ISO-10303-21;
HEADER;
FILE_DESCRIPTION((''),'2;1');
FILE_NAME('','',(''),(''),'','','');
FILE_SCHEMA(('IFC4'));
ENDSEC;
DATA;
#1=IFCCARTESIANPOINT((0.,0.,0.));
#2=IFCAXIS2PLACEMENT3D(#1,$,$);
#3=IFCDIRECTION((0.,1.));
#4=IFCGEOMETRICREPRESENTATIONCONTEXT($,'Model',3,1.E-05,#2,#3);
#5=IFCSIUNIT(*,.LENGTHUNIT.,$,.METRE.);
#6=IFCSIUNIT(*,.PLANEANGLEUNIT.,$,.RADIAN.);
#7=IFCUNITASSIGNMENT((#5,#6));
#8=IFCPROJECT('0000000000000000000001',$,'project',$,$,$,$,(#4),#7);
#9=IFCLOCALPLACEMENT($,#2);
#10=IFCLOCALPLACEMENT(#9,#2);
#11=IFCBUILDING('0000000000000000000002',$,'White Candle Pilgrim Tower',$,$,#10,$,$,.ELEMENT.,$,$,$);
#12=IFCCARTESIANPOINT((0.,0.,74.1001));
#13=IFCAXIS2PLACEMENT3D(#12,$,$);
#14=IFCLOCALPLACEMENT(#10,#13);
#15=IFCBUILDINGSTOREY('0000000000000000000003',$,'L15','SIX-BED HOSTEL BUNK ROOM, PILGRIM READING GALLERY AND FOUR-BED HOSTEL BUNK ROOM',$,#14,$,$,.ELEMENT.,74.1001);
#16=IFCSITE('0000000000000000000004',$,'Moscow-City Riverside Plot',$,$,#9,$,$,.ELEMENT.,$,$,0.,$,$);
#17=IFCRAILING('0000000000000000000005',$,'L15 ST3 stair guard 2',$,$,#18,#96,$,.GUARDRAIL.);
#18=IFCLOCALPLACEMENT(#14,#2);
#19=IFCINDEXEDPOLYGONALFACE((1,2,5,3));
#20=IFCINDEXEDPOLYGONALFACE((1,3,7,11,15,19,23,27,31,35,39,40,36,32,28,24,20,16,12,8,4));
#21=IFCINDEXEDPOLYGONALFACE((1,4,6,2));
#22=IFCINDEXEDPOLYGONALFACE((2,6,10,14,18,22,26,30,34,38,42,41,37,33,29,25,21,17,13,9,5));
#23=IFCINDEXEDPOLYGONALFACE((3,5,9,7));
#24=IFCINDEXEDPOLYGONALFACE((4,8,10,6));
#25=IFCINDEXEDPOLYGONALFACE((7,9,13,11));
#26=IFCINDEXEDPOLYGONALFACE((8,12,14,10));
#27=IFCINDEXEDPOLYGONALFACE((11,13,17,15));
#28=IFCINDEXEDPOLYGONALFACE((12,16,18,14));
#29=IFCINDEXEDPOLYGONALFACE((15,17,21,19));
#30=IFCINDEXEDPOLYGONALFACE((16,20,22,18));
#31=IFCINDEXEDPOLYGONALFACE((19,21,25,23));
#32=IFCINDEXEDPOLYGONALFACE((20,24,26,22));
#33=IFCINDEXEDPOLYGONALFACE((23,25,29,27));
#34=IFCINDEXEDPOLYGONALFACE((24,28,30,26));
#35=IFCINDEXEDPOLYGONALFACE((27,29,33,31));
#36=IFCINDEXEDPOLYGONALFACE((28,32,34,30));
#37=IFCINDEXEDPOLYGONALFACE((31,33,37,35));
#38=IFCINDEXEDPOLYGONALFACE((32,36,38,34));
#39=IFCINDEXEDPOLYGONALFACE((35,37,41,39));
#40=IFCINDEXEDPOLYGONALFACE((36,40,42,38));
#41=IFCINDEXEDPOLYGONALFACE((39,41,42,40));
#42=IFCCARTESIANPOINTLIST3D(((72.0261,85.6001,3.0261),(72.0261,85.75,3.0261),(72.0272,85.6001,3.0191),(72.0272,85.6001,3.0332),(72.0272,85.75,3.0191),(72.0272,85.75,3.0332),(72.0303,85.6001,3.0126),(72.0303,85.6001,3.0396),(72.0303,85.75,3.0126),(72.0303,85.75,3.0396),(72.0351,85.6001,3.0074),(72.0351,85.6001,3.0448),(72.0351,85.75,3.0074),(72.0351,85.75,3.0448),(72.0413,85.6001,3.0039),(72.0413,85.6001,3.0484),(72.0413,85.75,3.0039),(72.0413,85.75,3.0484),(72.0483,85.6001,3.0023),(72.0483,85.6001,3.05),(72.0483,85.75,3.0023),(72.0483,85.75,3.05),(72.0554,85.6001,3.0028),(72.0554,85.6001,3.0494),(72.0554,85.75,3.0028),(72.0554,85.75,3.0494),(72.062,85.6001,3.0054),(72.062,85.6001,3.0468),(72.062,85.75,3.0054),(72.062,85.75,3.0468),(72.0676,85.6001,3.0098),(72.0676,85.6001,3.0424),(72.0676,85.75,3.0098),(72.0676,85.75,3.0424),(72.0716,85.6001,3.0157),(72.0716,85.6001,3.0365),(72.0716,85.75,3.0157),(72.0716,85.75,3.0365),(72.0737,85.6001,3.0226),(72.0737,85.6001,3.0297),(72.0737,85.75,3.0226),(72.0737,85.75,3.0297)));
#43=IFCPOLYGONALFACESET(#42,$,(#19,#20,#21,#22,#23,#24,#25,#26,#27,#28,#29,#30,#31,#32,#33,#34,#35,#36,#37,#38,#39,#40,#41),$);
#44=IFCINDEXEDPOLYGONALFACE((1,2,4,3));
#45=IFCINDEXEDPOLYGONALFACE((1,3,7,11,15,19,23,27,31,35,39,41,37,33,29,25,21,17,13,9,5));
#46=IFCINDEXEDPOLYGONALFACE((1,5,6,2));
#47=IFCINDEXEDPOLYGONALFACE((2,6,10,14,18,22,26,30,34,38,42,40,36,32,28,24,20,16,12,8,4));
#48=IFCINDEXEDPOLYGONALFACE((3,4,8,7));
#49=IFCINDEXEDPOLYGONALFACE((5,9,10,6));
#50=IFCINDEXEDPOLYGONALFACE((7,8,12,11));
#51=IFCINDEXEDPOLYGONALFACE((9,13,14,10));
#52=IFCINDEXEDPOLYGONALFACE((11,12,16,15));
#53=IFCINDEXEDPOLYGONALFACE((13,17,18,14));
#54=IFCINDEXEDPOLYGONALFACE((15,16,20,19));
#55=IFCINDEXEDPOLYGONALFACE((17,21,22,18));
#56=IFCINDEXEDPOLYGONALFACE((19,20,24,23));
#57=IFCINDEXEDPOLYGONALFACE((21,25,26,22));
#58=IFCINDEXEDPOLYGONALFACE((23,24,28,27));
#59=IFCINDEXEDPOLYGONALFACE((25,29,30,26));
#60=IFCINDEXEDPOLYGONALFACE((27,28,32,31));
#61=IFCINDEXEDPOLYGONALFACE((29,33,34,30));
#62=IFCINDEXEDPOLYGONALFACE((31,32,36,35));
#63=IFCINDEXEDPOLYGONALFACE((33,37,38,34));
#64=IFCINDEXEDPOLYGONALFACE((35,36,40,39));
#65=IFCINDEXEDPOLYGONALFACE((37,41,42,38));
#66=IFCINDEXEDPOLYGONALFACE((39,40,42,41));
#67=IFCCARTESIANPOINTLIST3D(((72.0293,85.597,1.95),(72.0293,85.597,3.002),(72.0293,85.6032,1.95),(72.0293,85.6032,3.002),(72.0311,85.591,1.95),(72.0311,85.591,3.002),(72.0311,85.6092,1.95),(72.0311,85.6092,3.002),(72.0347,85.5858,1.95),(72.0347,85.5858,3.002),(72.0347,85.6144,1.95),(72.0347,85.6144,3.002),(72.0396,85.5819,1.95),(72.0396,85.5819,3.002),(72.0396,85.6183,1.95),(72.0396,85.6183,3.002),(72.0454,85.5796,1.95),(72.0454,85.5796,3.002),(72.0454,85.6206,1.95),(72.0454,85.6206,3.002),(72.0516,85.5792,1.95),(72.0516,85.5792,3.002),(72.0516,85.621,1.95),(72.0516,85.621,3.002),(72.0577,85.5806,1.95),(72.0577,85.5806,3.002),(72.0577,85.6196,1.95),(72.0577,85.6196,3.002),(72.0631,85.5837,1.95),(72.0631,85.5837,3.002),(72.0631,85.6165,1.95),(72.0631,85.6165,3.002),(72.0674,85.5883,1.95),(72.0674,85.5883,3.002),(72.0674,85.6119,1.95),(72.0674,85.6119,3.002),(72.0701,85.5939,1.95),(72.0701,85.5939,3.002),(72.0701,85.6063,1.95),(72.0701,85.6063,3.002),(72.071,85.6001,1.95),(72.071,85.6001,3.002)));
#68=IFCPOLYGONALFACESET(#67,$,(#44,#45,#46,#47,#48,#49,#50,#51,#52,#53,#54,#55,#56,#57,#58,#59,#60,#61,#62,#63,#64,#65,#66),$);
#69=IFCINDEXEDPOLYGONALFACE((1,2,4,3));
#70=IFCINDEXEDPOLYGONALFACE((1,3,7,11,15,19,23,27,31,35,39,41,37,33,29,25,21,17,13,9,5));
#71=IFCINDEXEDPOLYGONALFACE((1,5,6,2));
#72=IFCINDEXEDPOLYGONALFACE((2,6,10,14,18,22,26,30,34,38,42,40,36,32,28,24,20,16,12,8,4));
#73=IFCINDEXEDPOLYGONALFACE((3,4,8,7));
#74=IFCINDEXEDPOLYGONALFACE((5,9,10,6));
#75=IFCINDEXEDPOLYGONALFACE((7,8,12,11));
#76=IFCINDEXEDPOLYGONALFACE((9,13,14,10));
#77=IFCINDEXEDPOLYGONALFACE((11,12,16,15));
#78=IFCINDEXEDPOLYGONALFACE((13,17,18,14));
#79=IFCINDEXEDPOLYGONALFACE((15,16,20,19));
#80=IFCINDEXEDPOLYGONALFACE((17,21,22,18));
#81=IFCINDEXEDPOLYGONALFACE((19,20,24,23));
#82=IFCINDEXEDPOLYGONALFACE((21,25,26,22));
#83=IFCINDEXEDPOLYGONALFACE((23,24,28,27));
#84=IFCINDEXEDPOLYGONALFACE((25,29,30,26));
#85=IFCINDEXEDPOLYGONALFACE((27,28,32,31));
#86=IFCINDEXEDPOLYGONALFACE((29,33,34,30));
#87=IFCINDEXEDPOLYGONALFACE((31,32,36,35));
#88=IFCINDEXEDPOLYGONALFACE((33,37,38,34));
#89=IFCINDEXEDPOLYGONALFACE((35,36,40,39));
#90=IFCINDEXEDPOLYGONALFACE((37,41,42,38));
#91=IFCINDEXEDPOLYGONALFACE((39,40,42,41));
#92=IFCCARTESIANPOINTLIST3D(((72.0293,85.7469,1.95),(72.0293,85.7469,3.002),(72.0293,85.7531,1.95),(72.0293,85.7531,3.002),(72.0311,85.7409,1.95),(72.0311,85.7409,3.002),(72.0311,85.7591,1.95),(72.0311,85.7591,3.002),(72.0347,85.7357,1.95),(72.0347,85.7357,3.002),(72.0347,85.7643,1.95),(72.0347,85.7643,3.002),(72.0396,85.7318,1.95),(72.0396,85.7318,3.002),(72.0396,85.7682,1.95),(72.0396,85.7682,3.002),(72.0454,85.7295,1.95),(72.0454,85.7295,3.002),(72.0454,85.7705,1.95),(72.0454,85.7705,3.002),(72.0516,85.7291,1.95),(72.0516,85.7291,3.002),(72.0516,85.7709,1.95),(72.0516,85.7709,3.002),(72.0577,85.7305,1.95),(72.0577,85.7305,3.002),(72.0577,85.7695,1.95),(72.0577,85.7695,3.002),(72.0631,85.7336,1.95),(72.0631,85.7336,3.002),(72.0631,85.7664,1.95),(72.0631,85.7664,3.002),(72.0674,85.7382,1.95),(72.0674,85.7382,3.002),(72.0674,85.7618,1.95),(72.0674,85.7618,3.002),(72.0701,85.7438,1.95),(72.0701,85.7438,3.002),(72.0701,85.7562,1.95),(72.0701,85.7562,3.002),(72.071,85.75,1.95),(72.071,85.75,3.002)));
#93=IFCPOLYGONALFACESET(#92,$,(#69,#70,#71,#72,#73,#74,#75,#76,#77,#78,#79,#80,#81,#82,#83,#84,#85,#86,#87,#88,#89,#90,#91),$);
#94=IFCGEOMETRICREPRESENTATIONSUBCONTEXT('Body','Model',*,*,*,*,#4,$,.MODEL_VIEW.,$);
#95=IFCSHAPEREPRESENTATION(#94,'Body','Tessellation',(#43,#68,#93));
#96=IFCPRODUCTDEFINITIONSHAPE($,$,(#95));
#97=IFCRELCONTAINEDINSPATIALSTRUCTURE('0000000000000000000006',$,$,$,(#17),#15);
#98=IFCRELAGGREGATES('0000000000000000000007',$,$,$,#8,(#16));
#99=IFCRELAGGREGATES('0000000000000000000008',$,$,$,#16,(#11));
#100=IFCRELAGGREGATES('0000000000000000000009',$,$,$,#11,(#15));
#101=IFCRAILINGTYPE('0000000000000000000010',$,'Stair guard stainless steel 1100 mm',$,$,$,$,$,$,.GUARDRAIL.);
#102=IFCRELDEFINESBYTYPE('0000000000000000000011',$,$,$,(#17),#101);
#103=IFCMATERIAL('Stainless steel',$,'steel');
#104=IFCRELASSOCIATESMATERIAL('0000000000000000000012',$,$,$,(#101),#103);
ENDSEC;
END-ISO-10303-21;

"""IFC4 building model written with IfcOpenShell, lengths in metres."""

from ifc_helpers import new_model, si_unit, direction, frame, origin, origin_2d, place, context, subcontext, project, spatial, circle, extrude, material, type_object, element, save


model = new_model("IFC4")

# Units and contexts
model_context = context("Model", 3, precision=1e-05, world=origin(), true_north=direction((0.0, 1.0)))
body_context = subcontext(model_context, "Body", "Model", "MODEL_VIEW")
ifc_project = project(units=[si_unit("LENGTHUNIT", "METRE"), si_unit("PLANEANGLEUNIT", "RADIAN")], contexts=[model_context])

# Site, building, storey
site_placement = place(None, origin())
site = spatial("IfcSite", under=ifc_project, at=site_placement, Name="Moscow-City Riverside Plot", CompositionType="ELEMENT", RefElevation=0.0)
building_placement = place(site_placement, origin())
building = spatial("IfcBuilding", under=site, at=building_placement, Name="White Candle Pilgrim Tower", CompositionType="ELEMENT")
storey_placement = place(building_placement, frame((0.0, 0.0, 74.1001)))
storey = spatial("IfcBuildingStorey", under=building, at=storey_placement, Name="L15", Description="SIX-BED HOSTEL BUNK ROOM, PILGRIM READING GALLERY AND FOUR-BED HOSTEL BUNK ROOM", CompositionType="ELEMENT", Elevation=74.1001)

# Railing
ifc_material_1 = material(Name="Stainless steel", Category="steel")
railing_type_1 = type_object("IfcRailingType", Name="Stair guard stainless steel 1100 mm", PredefinedType="GUARDRAIL", material=ifc_material_1)
railing_1_placement = place(storey_placement, frame((72.05, 85.6001, 1.95)))
element("IfcRailing", 1, at=railing_1_placement, inside=storey, type_object=railing_type_1, Name="L15 ST3 stair guard 2", PredefinedType="GUARDRAIL", context=body_context, shape_type="SweptSolid", body=[
    extrude(circle(Radius=0.0239, at=origin_2d()), frame((0.0, 0.0, 1.0762), z_axis=(0.0, 1.0, 0.0), x_axis=(-1.0, 0.0, 0.0)), (0.0, 0.0, 1.0), 0.1499),
    extrude(circle(Radius=0.021, at=origin_2d()), origin(), (0.0, 0.0, 1.0), 1.052),
    extrude(circle(Radius=0.021, at=origin_2d()), frame((0.0, 0.1499, 0.0)), (0.0, 0.0, 1.0), 1.052),
])

save(model, "model.ifc")
